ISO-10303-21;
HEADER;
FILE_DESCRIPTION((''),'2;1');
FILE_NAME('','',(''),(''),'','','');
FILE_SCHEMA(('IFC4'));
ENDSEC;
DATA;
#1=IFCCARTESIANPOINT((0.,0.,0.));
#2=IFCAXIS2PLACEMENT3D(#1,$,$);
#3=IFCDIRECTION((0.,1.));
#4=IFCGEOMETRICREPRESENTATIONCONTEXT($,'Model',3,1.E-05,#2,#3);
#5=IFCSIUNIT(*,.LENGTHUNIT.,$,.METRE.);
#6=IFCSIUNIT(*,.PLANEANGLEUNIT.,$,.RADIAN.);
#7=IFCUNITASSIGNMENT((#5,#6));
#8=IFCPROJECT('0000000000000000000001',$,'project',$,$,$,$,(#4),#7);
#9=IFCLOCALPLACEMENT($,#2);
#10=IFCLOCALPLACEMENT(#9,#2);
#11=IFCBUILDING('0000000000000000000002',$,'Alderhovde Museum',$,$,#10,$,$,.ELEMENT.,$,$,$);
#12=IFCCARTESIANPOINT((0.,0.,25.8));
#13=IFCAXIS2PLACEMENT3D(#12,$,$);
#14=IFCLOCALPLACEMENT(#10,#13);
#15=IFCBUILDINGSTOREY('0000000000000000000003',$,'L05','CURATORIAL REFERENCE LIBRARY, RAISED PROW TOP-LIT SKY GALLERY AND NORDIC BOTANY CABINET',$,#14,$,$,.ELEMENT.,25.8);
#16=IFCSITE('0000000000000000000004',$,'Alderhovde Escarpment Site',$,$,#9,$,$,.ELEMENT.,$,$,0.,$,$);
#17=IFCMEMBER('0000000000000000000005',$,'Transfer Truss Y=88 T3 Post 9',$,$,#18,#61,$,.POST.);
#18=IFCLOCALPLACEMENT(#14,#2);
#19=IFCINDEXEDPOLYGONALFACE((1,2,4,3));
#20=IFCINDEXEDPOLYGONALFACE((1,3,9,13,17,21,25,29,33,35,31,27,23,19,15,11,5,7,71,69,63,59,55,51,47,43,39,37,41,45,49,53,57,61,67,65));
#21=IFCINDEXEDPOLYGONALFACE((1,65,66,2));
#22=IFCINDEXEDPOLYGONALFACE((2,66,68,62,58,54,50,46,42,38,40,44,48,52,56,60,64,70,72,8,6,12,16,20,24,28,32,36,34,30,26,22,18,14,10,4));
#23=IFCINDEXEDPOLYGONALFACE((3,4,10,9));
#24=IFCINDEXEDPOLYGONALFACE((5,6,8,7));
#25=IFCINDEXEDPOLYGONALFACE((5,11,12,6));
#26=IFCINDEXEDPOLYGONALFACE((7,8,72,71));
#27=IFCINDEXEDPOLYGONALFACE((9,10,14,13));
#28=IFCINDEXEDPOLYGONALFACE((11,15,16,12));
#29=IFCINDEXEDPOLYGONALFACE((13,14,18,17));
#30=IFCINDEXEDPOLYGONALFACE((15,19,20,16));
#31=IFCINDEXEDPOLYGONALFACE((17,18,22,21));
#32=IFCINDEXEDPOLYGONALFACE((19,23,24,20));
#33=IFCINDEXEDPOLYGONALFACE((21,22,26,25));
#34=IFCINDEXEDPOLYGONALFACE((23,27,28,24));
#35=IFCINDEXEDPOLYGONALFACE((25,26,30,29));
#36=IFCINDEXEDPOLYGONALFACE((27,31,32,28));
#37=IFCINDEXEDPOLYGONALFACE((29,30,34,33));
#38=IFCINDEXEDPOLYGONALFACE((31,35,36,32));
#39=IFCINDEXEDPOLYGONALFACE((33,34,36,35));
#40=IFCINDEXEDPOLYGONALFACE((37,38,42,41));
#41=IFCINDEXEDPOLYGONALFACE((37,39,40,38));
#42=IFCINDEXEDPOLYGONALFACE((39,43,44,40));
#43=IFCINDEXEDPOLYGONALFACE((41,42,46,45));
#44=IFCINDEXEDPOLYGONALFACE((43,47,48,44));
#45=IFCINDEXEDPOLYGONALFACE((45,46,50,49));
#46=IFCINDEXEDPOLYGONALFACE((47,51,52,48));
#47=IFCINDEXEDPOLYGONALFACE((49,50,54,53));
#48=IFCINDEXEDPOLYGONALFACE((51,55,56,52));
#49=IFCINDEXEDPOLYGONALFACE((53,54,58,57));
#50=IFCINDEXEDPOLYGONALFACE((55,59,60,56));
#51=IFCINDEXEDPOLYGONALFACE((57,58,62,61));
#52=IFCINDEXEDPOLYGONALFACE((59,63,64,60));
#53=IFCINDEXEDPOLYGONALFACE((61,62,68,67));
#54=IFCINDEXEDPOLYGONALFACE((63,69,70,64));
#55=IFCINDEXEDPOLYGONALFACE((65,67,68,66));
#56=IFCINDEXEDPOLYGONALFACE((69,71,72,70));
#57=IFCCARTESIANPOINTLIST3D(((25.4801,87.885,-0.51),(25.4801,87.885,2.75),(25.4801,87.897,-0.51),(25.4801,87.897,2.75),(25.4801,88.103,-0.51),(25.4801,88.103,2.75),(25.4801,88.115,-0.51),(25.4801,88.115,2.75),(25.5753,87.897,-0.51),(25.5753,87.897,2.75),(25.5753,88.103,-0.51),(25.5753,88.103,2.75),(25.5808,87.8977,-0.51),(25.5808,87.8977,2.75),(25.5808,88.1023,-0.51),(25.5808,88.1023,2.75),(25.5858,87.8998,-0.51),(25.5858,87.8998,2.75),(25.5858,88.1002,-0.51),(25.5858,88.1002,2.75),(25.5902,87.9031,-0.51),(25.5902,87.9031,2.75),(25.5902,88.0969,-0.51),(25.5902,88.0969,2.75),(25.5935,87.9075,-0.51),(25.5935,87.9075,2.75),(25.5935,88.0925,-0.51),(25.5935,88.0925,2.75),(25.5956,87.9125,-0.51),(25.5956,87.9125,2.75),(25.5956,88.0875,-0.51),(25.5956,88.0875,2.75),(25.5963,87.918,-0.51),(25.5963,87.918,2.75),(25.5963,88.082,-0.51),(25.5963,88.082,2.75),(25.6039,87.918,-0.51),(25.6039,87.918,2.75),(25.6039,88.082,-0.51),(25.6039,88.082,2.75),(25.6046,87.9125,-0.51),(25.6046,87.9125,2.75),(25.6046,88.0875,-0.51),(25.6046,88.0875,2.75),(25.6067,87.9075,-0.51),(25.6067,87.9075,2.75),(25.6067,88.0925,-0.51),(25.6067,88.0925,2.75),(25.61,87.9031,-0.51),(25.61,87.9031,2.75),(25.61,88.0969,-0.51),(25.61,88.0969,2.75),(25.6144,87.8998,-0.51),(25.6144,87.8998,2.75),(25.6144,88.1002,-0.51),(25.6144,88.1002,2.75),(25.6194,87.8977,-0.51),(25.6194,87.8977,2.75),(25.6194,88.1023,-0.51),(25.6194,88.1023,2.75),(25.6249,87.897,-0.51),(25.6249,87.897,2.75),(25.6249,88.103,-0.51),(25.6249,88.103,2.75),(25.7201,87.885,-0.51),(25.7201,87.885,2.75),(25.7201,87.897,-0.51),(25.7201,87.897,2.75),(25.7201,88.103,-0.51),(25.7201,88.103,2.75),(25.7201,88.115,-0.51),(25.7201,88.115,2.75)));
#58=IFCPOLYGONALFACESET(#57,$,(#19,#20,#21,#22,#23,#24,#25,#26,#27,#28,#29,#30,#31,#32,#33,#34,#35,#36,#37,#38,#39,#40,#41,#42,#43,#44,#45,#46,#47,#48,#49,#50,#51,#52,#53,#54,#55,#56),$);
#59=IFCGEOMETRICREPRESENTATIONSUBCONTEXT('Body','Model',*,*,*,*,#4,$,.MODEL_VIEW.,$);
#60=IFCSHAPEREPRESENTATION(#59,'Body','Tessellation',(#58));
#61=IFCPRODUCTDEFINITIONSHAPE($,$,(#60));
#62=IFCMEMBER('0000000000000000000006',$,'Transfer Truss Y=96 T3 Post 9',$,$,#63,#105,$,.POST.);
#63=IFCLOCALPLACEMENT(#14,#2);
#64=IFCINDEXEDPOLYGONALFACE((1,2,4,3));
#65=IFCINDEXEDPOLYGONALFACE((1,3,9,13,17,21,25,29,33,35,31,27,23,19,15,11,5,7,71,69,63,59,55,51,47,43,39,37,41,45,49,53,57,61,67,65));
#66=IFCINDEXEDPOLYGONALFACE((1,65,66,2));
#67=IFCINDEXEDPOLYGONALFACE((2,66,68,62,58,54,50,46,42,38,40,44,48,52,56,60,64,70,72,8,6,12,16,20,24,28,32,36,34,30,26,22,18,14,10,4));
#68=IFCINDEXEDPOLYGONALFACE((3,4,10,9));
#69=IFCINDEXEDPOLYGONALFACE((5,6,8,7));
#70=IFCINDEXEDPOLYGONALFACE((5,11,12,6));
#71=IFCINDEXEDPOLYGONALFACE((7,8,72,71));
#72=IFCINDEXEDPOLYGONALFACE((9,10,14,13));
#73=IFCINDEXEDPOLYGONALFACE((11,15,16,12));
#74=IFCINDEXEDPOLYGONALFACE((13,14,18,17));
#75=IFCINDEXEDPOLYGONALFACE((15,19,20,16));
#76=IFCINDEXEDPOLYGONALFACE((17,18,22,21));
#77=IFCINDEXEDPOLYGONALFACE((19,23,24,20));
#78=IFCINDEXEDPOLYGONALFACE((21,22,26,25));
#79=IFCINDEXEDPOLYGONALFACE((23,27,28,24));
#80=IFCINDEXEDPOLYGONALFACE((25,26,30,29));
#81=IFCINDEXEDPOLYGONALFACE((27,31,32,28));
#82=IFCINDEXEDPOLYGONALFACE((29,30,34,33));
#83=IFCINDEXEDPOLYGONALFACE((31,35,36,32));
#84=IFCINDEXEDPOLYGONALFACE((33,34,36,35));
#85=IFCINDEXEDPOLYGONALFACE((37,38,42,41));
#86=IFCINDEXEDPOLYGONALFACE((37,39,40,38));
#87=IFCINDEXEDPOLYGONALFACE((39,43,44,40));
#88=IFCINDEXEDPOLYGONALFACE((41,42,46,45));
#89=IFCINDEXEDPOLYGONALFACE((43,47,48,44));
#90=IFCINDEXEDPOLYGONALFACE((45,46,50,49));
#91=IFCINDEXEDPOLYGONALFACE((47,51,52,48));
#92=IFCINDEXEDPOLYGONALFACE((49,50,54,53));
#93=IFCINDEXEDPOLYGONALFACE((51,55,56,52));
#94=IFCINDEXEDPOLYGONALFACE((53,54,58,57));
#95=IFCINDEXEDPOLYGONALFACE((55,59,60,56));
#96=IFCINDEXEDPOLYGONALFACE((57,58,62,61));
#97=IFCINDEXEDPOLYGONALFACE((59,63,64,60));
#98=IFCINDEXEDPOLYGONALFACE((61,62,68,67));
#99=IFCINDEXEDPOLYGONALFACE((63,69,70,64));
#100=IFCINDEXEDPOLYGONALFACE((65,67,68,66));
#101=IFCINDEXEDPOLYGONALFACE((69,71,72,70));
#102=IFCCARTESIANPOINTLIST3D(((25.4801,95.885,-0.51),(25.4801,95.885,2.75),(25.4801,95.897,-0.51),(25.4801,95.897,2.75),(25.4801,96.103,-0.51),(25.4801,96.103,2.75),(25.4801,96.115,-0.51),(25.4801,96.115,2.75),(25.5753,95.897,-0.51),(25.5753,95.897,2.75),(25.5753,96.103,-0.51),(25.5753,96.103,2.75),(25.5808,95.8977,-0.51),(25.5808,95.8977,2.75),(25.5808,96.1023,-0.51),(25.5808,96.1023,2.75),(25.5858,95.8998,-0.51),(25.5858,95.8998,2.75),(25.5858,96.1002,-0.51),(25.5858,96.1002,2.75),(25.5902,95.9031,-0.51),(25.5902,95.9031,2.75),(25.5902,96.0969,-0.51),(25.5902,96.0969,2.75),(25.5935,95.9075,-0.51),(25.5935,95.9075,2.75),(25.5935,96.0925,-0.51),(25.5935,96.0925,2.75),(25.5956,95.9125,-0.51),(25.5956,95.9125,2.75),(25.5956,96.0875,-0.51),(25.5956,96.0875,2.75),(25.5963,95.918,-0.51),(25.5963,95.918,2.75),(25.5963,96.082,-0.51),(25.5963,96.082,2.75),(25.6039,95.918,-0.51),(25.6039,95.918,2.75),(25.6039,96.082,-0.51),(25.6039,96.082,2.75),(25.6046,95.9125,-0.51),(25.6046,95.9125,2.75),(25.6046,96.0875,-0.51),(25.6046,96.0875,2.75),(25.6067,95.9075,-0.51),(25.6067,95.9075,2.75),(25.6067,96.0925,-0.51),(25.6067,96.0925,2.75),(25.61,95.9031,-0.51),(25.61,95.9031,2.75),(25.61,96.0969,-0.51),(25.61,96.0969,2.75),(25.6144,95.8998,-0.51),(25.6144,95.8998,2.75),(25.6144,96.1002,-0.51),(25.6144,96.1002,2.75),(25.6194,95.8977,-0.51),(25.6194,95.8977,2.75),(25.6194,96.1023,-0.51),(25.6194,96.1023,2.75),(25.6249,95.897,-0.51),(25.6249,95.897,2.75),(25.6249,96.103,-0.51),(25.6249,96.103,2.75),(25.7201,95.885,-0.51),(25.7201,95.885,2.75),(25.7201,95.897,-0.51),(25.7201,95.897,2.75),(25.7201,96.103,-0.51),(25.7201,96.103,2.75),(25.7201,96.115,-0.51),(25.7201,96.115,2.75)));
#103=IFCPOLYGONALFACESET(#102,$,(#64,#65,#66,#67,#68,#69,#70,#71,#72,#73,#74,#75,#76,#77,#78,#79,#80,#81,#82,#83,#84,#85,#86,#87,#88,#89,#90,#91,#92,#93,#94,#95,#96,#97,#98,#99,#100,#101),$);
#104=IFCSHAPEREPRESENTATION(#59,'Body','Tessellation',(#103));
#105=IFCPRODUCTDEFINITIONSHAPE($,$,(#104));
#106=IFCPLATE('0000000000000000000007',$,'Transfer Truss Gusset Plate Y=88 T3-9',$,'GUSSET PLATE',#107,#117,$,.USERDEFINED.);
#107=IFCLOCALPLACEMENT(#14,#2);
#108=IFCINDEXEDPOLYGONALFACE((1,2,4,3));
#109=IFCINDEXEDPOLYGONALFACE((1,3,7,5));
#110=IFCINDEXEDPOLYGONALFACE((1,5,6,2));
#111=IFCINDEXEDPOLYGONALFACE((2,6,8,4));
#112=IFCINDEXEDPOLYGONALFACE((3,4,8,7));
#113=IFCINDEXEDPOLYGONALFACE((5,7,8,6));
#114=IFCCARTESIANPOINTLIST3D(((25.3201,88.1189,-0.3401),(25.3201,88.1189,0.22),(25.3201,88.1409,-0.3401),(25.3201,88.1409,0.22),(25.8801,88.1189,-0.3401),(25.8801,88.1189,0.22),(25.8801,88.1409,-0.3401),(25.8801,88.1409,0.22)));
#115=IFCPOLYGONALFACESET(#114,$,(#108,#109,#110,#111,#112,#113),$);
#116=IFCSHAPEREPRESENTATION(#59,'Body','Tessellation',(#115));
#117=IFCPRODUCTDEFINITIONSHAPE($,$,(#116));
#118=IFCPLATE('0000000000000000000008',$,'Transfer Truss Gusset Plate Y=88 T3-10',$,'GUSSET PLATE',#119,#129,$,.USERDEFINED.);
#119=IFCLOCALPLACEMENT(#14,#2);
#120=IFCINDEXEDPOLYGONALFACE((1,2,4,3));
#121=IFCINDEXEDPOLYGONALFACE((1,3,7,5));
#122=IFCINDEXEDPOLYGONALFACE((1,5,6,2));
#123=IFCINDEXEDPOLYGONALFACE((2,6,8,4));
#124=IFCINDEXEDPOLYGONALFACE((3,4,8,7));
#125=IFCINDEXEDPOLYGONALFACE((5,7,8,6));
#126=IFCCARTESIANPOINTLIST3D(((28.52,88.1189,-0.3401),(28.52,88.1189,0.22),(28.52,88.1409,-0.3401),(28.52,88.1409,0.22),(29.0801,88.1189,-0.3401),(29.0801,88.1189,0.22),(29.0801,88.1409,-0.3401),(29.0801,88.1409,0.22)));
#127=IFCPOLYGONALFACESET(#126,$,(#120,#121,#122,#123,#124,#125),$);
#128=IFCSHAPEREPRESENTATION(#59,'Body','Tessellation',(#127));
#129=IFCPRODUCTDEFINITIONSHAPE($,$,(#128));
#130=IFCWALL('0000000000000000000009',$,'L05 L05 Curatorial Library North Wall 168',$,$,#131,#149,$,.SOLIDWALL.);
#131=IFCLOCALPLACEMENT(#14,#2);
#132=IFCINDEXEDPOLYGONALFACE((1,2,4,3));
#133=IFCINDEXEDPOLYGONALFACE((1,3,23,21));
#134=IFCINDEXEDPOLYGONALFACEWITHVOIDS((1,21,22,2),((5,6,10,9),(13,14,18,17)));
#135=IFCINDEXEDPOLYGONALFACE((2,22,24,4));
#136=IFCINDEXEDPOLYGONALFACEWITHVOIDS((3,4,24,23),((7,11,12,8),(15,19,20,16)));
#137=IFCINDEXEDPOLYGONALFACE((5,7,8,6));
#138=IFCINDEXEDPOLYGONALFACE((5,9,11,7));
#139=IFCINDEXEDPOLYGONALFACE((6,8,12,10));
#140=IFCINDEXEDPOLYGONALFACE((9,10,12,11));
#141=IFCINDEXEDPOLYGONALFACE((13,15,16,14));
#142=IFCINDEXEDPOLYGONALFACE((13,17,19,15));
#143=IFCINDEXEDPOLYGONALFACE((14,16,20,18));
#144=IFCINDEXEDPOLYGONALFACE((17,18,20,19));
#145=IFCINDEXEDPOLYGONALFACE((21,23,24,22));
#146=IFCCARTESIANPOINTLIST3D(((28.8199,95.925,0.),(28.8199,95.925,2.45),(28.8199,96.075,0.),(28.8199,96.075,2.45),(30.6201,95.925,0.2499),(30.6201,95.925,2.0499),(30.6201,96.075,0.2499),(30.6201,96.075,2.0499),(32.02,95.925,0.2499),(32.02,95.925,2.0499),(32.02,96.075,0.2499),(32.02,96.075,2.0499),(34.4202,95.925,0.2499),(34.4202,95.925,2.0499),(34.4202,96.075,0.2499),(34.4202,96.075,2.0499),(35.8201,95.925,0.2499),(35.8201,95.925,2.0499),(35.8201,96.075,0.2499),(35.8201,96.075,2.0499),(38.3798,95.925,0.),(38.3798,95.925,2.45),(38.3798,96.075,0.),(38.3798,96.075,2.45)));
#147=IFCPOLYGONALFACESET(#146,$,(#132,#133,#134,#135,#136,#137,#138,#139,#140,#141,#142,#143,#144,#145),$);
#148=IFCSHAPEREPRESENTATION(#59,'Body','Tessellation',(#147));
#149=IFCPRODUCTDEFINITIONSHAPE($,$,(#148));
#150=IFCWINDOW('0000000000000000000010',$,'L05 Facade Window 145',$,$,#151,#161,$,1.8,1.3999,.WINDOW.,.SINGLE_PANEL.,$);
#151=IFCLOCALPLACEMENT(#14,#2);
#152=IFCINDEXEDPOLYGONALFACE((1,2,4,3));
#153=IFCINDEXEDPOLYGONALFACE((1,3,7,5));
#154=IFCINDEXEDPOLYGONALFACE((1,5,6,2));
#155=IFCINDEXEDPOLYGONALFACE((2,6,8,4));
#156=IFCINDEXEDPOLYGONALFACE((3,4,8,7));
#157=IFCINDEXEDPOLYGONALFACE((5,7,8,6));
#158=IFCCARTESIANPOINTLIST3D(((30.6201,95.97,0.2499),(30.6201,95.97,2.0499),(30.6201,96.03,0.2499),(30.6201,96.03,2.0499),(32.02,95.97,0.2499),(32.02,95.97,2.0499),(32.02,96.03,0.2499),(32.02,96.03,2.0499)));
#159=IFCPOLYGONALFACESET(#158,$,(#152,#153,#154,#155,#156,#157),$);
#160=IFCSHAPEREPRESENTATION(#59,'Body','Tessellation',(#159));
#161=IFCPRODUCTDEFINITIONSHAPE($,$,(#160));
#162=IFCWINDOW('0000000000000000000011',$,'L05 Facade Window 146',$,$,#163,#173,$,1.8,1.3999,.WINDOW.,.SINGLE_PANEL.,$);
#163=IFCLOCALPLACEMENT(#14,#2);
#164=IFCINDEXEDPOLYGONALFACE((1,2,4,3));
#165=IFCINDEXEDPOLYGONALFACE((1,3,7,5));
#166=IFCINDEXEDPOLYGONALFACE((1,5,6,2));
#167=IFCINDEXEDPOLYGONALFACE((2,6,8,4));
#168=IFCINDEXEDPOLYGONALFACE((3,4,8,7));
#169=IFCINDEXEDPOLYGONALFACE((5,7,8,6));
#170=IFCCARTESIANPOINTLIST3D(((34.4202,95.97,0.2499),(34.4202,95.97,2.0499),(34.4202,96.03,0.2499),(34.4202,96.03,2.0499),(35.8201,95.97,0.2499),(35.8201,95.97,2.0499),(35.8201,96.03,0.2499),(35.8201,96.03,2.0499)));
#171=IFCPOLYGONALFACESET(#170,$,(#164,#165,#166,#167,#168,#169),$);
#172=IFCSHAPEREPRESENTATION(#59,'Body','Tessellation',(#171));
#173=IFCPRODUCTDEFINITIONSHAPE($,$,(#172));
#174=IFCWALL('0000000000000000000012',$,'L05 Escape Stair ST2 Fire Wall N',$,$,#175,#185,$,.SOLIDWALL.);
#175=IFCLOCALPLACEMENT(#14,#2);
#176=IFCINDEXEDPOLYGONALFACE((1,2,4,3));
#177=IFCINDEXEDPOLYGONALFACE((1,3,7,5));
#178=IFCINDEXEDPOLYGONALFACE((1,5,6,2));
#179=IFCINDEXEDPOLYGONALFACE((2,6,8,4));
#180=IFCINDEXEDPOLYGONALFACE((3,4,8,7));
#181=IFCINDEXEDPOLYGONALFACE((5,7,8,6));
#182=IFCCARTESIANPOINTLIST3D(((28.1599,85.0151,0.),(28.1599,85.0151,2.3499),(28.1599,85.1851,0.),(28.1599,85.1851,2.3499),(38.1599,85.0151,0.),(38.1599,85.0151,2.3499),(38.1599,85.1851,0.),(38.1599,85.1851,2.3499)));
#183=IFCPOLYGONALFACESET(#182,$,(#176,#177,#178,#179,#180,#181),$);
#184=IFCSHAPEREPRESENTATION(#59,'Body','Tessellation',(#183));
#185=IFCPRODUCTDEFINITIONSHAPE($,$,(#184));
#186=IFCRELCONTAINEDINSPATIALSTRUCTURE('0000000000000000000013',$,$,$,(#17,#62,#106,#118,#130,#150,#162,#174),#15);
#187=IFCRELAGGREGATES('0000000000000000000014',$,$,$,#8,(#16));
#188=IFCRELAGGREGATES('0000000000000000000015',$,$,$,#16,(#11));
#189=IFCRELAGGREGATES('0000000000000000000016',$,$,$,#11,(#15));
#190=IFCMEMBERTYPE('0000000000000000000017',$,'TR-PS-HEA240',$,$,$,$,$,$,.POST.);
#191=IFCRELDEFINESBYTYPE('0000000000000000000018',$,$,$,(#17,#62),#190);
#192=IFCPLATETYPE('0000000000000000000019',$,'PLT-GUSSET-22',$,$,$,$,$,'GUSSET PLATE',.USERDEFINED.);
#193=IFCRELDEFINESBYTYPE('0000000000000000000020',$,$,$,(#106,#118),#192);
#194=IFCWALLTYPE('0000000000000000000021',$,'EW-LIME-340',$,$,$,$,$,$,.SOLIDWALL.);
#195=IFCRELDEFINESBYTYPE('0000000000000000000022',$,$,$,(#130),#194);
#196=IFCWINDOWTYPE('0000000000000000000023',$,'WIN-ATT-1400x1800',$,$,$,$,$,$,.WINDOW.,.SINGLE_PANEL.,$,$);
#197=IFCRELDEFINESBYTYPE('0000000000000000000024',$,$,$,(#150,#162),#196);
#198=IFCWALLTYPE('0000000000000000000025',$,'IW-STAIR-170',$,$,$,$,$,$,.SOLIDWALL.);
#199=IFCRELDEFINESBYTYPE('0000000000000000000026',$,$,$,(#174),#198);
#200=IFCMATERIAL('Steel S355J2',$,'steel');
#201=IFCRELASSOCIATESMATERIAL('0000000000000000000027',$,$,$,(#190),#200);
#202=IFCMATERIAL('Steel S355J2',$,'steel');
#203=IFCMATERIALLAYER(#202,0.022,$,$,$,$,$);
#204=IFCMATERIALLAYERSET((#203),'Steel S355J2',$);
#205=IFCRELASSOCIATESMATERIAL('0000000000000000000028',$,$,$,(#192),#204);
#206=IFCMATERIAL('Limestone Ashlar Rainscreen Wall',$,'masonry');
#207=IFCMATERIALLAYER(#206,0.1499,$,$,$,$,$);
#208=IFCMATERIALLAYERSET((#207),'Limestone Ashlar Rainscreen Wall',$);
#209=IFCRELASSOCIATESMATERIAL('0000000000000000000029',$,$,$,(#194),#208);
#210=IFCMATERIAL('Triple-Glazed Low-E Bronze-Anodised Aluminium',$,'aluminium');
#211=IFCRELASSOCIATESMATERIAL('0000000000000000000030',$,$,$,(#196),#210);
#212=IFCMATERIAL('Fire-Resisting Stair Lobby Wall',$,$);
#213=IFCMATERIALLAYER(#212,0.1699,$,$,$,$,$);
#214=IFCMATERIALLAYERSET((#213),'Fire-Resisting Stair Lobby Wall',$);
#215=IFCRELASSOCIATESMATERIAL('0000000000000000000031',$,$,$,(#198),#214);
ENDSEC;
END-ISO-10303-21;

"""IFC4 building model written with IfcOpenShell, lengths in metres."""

from ifc_helpers import new_model, si_unit, direction, frame, frame_2d, origin, origin_2d, place, context, subcontext, project, spatial, rectangle, i_section, extrude, material, layer, layer_set, material_profile, profile_set, type_object, element, fill, save


model = new_model("IFC4")

# Units and contexts
model_context = context("Model", 3, precision=1e-05, world=origin(), true_north=direction((0.0, 1.0)))
body_context = subcontext(model_context, "Body", "Model", "MODEL_VIEW")
ifc_project = project(units=[si_unit("LENGTHUNIT", "METRE"), si_unit("PLANEANGLEUNIT", "RADIAN")], contexts=[model_context])

# Site, building, storey
site_placement = place(None, origin())
site = spatial("IfcSite", under=ifc_project, at=site_placement, Name="Alderhovde Escarpment Site", CompositionType="ELEMENT", RefElevation=0.0)
building_placement = place(site_placement, origin())
building = spatial("IfcBuilding", under=site, at=building_placement, Name="Alderhovde Museum", CompositionType="ELEMENT")
storey_placement = place(building_placement, frame((0.0, 0.0, 25.8)))
storey = spatial("IfcBuildingStorey", under=building, at=storey_placement, Name="L05", Description="CURATORIAL REFERENCE LIBRARY, RAISED PROW TOP-LIT SKY GALLERY AND NORDIC BOTANY CABINET", CompositionType="ELEMENT", Elevation=25.8)

# Members
ifc_material_1 = material(Name="Steel S355J2", Category="steel")
ifc_material_profile_1 = material_profile(ifc_material_1, i_section(OverallWidth=0.24, OverallDepth=0.23, WebThickness=0.0076, FlangeThickness=0.012, FilletRadius=0.021, at=origin_2d()), Name="HEA 240")
ifc_profile_set_1 = profile_set([ifc_material_profile_1], Name="Steel S355J2")
member_type_1 = type_object("IfcMemberType", Name="TR-PS-HEA240", PredefinedType="POST", material=ifc_profile_set_1)
for number, where, z_axis, x_axis, name in (
    (1, (25.6001, 88.0, -0.51), (0.0, 0.0, 1.0), (1.0, 0.0, 0.0), "Transfer Truss Y=88 T3 Post 9"),
    (2, (25.6001, 96.0, -0.51), (0.0, 0.0, 1.0), (1.0, 0.0, 0.0), "Transfer Truss Y=96 T3 Post 9"),
):
    element("IfcMember", number, at=place(storey_placement, frame(where, z_axis=z_axis, x_axis=x_axis)), inside=storey, type_object=member_type_1, Name=name, PredefinedType="POST", context=body_context, shape_type="SweptSolid", body=[
        extrude(i_section(OverallWidth=0.24, OverallDepth=0.23, WebThickness=0.0076, FlangeThickness=0.012, FilletRadius=0.021, at=origin_2d()), origin(), (0.0, 0.0, 1.0), 3.26),
    ])

# Plates
ifc_material_2 = material(Name="Steel S355J2", Category="steel")
ifc_layer_1 = layer(ifc_material_2, 0.022)
ifc_layer_set_1 = layer_set([ifc_layer_1], Name="Steel S355J2")
plate_type = type_object("IfcPlateType", Name="PLT-GUSSET-22", ElementType="GUSSET PLATE", PredefinedType="USERDEFINED", material=ifc_layer_set_1)
for number, where, z_axis, x_axis, name in (
    (3, (25.6001, 88.1299, -0.3401), (0.0, 0.0, 1.0), (1.0, 0.0, 0.0), "Transfer Truss Gusset Plate Y=88 T3-9"),
    (4, (28.8, 88.1299, -0.3401), (0.0, 0.0, 1.0), (1.0, 0.0, 0.0), "Transfer Truss Gusset Plate Y=88 T3-10"),
):
    element("IfcPlate", number, at=place(storey_placement, frame(where, z_axis=z_axis, x_axis=x_axis)), inside=storey, type_object=plate_type, Name=name, ObjectType="GUSSET PLATE", PredefinedType="USERDEFINED", context=body_context, shape_type="SweptSolid", body=[
        extrude(rectangle(XDim=0.5601, YDim=0.022, at=origin_2d()), origin(), (0.0, 0.0, 1.0), 0.5601),
    ])

# Wall, openings, windows
ifc_material_3 = material(Name="Limestone Ashlar Rainscreen Wall", Category="masonry")
ifc_layer_2 = layer(ifc_material_3, 0.1499)
ifc_layer_set_2 = layer_set([ifc_layer_2], Name="Limestone Ashlar Rainscreen Wall")
wall_type_1 = type_object("IfcWallType", Name="EW-LIME-340", PredefinedType="SOLIDWALL", material=ifc_layer_set_2)
wall_1_placement = place(storey_placement, frame((28.8201, 96.0, 0.0), z_axis=(0.0, 0.0, 1.0), x_axis=(1.0, 0.0, 0.0)))
wall_1 = element("IfcWall", 5, at=wall_1_placement, inside=storey, type_object=wall_type_1, Name="L05 L05 Curatorial Library North Wall 168", PredefinedType="SOLIDWALL", context=body_context, shape_type="SweptSolid", body=[
    extrude(rectangle(XDim=9.5598, YDim=0.1499, at=frame_2d((4.7798, 0.0))), origin(), (0.0, 0.0, 1.0), 2.45),
])
opening_1_placement = place(wall_1_placement, frame((1.8, 0.0, 0.25)))
opening_1 = element("IfcOpeningElement", 6, at=opening_1_placement, cuts=wall_1, PredefinedType="OPENING", context=body_context, shape_type="SweptSolid", body=[
    extrude(rectangle(XDim=1.3999, YDim=1.8, at=frame_2d((0.7, 0.8999))), frame((0.0, 0.085, 0.0), z_axis=(0.0, -1.0, 0.0), x_axis=(1.0, 0.0, 0.0)), (0.0, 0.0, 1.0), 0.1699),
])
opening_2_placement = place(wall_1_placement, frame((5.6001, 0.0, 0.25)))
opening_2 = element("IfcOpeningElement", 7, at=opening_2_placement, cuts=wall_1, PredefinedType="OPENING", context=body_context, shape_type="SweptSolid", body=[
    extrude(rectangle(XDim=1.3999, YDim=1.8, at=frame_2d((0.7, 0.8999))), frame((0.0, 0.085, 0.0), z_axis=(0.0, -1.0, 0.0), x_axis=(1.0, 0.0, 0.0)), (0.0, 0.0, 1.0), 0.1699),
])
ifc_material_4 = material(Name="Triple-Glazed Low-E Bronze-Anodised Aluminium", Category="aluminium")
window_type = type_object("IfcWindowType", Name="WIN-ATT-1400x1800", PartitioningType="SINGLE_PANEL", PredefinedType="WINDOW", material=ifc_material_4)
window_1_placement = place(opening_1_placement, origin())
window_1 = element("IfcWindow", 8, at=window_1_placement, inside=storey, type_object=window_type, Name="L05 Facade Window 145", OverallHeight=1.8, OverallWidth=1.3999, PartitioningType="SINGLE_PANEL", PredefinedType="WINDOW", context=body_context, shape_type="SweptSolid", body=[
    extrude(rectangle(XDim=1.3999, YDim=1.8, at=frame_2d((0.7, 0.8999))), frame((0.0, 0.03, 0.0), z_axis=(0.0, -1.0, 0.0), x_axis=(1.0, 0.0, 0.0)), (0.0, 0.0, 1.0), 0.0601),
])
fill(opening_1, window_1)
window_2_placement = place(opening_2_placement, origin())
window_2 = element("IfcWindow", 9, at=window_2_placement, inside=storey, type_object=window_type, Name="L05 Facade Window 146", OverallHeight=1.8, OverallWidth=1.3999, PartitioningType="SINGLE_PANEL", PredefinedType="WINDOW", context=body_context, shape_type="SweptSolid", body=[
    extrude(rectangle(XDim=1.3999, YDim=1.8, at=frame_2d((0.7, 0.8999))), frame((0.0, 0.03, 0.0), z_axis=(0.0, -1.0, 0.0), x_axis=(1.0, 0.0, 0.0)), (0.0, 0.0, 1.0), 0.0601),
])
fill(opening_2, window_2)

# Wall
ifc_material_5 = material(Name="Fire-Resisting Stair Lobby Wall")
ifc_layer_3 = layer(ifc_material_5, 0.1699)
ifc_layer_set_3 = layer_set([ifc_layer_3], Name="Fire-Resisting Stair Lobby Wall")
wall_type_2 = type_object("IfcWallType", Name="IW-STAIR-170", PredefinedType="SOLIDWALL", material=ifc_layer_set_3)
wall_2_placement = place(storey_placement, frame((28.1599, 85.1001, 0.0), z_axis=(0.0, 0.0, 1.0), x_axis=(1.0, 0.0, 0.0)))
element("IfcWall", 10, at=wall_2_placement, inside=storey, type_object=wall_type_2, Name="L05 Escape Stair ST2 Fire Wall N", PredefinedType="SOLIDWALL", context=body_context, shape_type="SweptSolid", body=[
    extrude(rectangle(XDim=10.0, YDim=0.1699, at=frame_2d((5.0, 0.0))), origin(), (0.0, 0.0, 1.0), 2.3499),
])

save(model, "model.ifc")
